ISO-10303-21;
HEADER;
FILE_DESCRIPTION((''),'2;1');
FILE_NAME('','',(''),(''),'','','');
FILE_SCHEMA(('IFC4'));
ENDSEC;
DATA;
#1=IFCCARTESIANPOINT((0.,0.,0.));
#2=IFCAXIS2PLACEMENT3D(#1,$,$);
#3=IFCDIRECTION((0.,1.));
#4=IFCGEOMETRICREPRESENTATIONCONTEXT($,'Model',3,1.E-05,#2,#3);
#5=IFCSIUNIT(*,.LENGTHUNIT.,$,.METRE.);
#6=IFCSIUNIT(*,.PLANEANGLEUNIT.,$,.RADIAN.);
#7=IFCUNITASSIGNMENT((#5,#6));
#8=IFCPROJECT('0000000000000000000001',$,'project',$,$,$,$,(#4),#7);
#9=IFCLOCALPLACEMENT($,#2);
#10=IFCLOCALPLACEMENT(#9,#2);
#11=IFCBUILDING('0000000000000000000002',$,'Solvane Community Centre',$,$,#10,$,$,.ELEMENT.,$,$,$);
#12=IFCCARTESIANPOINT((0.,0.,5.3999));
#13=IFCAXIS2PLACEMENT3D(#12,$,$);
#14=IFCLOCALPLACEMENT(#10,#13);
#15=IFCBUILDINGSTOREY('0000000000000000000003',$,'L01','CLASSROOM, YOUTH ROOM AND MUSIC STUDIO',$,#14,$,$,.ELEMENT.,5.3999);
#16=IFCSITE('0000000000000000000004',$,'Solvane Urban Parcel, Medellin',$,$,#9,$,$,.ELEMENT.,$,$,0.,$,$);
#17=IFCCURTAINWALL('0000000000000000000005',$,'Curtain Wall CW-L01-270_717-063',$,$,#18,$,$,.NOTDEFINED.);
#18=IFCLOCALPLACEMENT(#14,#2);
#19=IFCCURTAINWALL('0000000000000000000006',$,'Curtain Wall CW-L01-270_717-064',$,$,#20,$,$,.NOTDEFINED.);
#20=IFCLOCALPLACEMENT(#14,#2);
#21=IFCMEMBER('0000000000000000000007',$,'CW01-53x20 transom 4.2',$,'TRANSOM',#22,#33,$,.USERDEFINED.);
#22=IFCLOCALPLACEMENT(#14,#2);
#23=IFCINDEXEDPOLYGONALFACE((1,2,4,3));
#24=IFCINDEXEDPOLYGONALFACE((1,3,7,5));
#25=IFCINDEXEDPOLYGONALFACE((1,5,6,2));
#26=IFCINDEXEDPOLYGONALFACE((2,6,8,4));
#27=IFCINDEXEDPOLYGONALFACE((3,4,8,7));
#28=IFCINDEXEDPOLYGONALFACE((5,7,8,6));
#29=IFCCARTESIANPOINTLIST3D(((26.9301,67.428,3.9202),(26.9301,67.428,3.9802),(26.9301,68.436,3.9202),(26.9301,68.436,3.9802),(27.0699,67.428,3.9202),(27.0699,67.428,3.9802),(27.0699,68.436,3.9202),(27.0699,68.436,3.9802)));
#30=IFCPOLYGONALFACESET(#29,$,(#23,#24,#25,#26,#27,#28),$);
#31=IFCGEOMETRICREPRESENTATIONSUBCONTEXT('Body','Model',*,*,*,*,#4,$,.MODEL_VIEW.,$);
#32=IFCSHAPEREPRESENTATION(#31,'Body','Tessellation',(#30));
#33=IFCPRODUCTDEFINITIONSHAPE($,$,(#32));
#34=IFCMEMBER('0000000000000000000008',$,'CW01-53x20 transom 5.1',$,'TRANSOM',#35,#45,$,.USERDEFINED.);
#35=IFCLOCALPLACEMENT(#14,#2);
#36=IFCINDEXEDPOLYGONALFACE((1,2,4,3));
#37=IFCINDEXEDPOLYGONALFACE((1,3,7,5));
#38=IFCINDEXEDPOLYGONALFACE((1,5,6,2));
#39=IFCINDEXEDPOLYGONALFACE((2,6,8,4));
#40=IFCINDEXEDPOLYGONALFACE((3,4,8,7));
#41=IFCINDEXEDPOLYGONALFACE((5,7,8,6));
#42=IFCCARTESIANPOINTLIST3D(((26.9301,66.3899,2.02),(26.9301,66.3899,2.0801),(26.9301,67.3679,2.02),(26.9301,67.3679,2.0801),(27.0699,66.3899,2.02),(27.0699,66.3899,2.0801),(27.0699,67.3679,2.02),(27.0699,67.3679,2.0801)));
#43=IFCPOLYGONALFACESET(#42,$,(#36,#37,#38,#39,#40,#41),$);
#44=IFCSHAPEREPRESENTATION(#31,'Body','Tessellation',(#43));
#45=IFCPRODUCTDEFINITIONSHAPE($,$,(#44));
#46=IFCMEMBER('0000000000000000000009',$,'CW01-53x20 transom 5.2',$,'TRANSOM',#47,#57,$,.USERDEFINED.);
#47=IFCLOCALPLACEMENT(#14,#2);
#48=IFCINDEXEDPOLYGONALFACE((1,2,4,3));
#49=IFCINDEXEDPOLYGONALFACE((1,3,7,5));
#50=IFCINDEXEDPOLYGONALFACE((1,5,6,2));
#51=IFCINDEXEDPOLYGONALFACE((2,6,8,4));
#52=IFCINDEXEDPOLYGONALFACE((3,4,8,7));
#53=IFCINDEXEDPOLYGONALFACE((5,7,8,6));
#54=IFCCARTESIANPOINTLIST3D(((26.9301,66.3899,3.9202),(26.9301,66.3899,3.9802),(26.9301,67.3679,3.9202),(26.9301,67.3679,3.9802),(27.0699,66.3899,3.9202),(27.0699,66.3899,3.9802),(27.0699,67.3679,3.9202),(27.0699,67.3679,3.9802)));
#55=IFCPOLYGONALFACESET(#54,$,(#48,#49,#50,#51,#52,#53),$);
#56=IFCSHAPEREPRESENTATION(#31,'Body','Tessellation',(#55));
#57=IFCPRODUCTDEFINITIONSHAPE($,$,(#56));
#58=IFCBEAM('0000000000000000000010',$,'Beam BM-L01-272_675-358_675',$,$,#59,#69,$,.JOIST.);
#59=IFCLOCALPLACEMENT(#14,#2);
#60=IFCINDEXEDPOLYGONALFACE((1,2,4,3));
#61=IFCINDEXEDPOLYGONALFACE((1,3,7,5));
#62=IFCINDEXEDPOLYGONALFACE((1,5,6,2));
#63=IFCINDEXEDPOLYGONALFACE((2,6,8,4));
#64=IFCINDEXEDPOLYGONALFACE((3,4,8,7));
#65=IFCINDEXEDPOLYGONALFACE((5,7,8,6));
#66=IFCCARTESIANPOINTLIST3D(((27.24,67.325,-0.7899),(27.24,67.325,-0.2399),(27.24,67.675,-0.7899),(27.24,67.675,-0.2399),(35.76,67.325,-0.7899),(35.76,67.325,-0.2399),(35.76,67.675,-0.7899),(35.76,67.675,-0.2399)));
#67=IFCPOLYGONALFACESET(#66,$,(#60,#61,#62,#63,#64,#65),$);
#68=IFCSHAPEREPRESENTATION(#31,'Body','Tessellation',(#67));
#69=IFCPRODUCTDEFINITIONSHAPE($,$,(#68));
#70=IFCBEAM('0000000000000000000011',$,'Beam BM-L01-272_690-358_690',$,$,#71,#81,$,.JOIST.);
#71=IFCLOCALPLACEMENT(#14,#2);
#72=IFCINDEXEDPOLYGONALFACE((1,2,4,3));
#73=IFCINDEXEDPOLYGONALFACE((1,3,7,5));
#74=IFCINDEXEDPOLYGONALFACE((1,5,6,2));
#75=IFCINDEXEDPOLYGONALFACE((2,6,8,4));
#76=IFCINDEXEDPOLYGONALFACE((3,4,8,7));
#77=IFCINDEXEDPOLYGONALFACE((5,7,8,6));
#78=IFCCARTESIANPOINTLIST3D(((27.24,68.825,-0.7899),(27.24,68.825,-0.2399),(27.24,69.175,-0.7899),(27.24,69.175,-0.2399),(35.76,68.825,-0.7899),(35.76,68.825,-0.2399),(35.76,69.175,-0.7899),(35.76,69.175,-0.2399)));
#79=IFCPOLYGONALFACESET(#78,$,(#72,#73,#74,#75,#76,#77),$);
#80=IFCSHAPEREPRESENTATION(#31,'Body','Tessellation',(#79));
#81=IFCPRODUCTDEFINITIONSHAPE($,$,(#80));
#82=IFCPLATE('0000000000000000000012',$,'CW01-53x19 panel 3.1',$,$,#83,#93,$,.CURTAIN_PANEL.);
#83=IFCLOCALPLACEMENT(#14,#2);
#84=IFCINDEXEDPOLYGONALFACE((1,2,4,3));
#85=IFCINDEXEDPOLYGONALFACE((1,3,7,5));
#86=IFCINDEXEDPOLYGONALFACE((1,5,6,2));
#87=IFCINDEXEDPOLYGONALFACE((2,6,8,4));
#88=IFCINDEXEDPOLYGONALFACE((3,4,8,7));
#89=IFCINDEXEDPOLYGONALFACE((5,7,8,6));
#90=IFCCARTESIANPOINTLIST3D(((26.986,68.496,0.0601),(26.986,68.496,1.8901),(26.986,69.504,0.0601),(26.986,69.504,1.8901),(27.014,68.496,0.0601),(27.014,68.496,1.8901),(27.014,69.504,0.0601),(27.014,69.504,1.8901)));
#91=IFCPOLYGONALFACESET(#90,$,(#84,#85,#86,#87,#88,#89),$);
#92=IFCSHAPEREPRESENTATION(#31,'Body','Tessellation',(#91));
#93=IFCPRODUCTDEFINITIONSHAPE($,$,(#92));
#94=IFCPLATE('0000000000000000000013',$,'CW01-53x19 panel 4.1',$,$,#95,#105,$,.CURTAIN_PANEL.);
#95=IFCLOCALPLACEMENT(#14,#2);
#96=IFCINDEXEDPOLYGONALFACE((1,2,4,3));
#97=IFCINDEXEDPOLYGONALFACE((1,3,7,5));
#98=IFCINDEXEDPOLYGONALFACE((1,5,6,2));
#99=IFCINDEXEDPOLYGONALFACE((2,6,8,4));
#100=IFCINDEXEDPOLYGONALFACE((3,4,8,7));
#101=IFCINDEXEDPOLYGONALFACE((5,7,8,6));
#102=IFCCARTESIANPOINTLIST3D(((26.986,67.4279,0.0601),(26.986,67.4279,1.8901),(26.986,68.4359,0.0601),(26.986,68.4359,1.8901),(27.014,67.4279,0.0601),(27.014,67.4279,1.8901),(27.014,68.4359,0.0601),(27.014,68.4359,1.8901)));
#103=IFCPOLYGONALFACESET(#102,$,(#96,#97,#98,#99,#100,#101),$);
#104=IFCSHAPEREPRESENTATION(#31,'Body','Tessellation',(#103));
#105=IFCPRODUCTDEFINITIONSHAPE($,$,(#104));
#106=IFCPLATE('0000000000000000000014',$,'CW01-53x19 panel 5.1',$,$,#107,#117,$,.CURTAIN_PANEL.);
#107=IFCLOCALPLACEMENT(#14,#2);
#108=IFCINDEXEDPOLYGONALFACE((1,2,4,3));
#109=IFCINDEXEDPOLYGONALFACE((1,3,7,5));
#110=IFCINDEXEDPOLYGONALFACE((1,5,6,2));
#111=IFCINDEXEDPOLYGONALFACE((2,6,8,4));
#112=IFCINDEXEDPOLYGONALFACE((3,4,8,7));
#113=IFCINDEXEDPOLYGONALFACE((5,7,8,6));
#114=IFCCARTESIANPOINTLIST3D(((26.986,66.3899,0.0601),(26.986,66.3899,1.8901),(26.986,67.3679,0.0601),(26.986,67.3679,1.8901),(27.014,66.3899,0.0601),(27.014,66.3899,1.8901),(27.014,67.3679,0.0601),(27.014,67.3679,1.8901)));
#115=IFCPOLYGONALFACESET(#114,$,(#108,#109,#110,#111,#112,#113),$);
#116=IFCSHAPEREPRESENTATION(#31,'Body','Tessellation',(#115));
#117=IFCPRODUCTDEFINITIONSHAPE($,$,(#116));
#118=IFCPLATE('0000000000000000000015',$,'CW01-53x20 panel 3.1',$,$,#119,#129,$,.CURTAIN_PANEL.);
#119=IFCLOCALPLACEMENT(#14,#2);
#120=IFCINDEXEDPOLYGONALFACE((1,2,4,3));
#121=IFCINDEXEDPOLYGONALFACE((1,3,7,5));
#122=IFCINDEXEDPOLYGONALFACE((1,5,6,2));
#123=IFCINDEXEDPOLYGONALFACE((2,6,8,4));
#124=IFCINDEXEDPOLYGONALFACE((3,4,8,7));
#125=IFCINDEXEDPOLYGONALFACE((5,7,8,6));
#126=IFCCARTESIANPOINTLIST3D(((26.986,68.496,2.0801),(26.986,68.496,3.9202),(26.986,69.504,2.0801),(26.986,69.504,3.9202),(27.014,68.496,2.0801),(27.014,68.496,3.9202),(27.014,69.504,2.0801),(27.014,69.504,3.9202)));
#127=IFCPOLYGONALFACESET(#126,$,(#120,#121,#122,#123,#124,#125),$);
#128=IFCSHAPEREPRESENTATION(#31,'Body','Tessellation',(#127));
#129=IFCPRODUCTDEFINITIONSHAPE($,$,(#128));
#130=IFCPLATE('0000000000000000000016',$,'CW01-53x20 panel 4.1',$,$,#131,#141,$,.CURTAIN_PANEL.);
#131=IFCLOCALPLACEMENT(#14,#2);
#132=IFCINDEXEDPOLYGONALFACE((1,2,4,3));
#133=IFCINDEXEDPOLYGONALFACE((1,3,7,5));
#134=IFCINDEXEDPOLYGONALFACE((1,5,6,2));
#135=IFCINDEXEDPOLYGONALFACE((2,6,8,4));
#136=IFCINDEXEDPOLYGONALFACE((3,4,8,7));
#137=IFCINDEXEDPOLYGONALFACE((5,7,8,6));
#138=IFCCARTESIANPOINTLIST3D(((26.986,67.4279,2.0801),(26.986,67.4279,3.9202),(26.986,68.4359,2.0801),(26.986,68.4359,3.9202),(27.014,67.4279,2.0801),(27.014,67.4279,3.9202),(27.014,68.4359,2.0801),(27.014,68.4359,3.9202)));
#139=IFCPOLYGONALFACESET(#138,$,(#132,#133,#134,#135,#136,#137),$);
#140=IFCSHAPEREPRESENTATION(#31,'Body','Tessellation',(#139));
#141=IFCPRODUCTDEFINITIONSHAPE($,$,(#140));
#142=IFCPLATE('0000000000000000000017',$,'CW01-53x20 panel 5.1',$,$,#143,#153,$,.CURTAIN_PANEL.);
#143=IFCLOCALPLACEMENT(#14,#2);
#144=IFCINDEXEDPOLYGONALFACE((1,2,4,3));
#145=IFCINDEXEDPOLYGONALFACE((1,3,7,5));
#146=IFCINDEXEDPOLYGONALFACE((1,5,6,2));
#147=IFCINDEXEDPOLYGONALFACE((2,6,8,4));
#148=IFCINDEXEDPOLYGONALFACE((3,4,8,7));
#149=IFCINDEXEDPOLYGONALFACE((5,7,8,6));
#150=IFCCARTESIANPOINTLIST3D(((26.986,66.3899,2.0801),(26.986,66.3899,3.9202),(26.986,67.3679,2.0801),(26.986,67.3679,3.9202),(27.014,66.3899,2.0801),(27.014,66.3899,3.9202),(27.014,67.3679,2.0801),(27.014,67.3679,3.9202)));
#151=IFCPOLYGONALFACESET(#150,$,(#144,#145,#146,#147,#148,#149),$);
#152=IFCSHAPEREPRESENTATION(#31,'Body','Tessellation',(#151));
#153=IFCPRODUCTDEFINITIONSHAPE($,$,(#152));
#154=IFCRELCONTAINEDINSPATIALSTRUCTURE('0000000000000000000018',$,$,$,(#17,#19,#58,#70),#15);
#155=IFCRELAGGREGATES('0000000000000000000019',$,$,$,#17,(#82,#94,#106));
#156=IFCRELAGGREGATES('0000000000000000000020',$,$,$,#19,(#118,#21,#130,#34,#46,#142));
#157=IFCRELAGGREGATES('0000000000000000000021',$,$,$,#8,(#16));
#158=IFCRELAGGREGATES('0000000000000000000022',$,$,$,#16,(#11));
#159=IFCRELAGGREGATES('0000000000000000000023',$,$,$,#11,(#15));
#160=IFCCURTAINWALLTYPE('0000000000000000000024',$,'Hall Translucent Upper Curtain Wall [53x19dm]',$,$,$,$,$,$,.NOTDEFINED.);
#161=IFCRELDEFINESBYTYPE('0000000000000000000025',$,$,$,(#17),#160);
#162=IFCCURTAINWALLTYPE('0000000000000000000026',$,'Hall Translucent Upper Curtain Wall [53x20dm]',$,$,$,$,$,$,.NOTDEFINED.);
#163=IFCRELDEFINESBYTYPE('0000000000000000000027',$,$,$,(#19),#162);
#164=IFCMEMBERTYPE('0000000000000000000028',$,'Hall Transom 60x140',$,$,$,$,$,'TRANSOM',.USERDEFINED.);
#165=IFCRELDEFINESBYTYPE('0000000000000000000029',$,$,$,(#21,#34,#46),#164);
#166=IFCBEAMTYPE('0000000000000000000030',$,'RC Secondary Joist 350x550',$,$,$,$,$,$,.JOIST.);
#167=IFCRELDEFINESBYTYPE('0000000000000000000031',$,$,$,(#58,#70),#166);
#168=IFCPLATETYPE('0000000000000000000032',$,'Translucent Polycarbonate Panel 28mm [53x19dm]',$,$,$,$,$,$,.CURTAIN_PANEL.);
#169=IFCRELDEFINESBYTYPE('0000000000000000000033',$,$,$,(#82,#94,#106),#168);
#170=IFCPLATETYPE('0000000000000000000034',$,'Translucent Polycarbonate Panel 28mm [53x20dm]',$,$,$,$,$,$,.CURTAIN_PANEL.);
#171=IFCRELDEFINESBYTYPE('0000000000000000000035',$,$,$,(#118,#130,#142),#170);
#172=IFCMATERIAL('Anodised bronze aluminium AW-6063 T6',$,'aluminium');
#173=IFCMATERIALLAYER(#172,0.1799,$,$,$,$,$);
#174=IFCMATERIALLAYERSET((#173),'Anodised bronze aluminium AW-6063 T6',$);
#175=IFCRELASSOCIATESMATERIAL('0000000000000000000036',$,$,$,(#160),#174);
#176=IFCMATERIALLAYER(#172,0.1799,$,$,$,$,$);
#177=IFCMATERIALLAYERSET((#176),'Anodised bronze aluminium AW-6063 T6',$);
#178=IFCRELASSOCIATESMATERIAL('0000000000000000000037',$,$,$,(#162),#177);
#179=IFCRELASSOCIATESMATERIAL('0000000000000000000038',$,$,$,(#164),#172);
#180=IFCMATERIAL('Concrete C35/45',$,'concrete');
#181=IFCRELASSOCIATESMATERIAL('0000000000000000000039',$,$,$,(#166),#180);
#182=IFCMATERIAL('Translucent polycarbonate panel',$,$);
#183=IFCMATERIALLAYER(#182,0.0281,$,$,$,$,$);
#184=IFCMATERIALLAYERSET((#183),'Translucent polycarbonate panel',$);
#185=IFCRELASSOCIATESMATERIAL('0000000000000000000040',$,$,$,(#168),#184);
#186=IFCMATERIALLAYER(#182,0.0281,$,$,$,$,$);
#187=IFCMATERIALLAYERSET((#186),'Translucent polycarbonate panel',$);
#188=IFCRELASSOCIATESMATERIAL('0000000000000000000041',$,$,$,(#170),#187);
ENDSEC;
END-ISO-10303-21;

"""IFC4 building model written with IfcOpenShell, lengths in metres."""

from ifc_helpers import new_model, si_unit, direction, frame, origin, origin_2d, place, context, subcontext, project, spatial, rectangle, extrude, material, layer, layer_set, material_profile, profile_set, type_object, element, aggregate, save


model = new_model("IFC4")

# Units and contexts
model_context = context("Model", 3, precision=1e-05, world=origin(), true_north=direction((0.0, 1.0)))
body_context = subcontext(model_context, "Body", "Model", "MODEL_VIEW")
ifc_project = project(units=[si_unit("LENGTHUNIT", "METRE"), si_unit("PLANEANGLEUNIT", "RADIAN")], contexts=[model_context])

# Site, building, storey
site_placement = place(None, origin())
site = spatial("IfcSite", under=ifc_project, at=site_placement, Name="Solvane Urban Parcel, Medellin", CompositionType="ELEMENT", RefElevation=0.0)
building_placement = place(site_placement, origin())
building = spatial("IfcBuilding", under=site, at=building_placement, Name="Solvane Community Centre", CompositionType="ELEMENT")
storey_placement = place(building_placement, frame((0.0, 0.0, 5.3999)))
storey = spatial("IfcBuildingStorey", under=building, at=storey_placement, Name="L01", Description="CLASSROOM, YOUTH ROOM AND MUSIC STUDIO", CompositionType="ELEMENT", Elevation=5.3999)

# Curtain walls
ifc_material_1 = material(Name="Anodised bronze aluminium AW-6063 T6", Category="aluminium")
ifc_layer_1 = layer(ifc_material_1, 0.1799)
ifc_layer_set_1 = layer_set([ifc_layer_1], Name="Anodised bronze aluminium AW-6063 T6")
curtain_wall_type_1 = type_object("IfcCurtainWallType", Name="Hall Translucent Upper Curtain Wall [53x19dm]", PredefinedType="NOTDEFINED", material=ifc_layer_set_1)
curtain_wall_1_placement = place(storey_placement, origin())
curtain_wall_1 = element("IfcCurtainWall", 1, at=curtain_wall_1_placement, inside=storey, type_object=curtain_wall_type_1, Name="Curtain Wall CW-L01-270_717-063", PredefinedType="NOTDEFINED")
ifc_layer_2 = layer(ifc_material_1, 0.1799)
ifc_layer_set_2 = layer_set([ifc_layer_2], Name="Anodised bronze aluminium AW-6063 T6")
curtain_wall_type_2 = type_object("IfcCurtainWallType", Name="Hall Translucent Upper Curtain Wall [53x20dm]", PredefinedType="NOTDEFINED", material=ifc_layer_set_2)
curtain_wall_2_placement = place(storey_placement, origin())
curtain_wall_2 = element("IfcCurtainWall", 2, at=curtain_wall_2_placement, inside=storey, type_object=curtain_wall_type_2, Name="Curtain Wall CW-L01-270_717-064", PredefinedType="NOTDEFINED")

# Members
ifc_material_profile_1 = material_profile(ifc_material_1, rectangle(XDim=0.1399, YDim=0.0601, at=origin_2d()), Name="CW-T 60x140")
ifc_profile_set_1 = profile_set([ifc_material_profile_1], Name="Anodised bronze aluminium AW-6063 T6")
member_type_1 = type_object("IfcMemberType", Name="Hall Transom 60x140", ElementType="TRANSOM", PredefinedType="USERDEFINED", material=ifc_profile_set_1)
member_1_placement = place(storey_placement, frame((27.0, 68.436, 3.9502), z_axis=(0.0, -1.0, 0.0), x_axis=(1.0, 0.0, 0.0)))
member_1 = element("IfcMember", 3, at=member_1_placement, type_object=member_type_1, Name="CW01-53x20 transom 4.2", ObjectType="TRANSOM", PredefinedType="USERDEFINED", context=body_context, shape_type="SweptSolid", body=[
    extrude(rectangle(XDim=0.1399, YDim=0.0601, at=origin_2d()), origin(), (0.0, 0.0, 1.0), 1.0081),
])
member_2_placement = place(storey_placement, frame((27.0, 67.3679, 2.05), z_axis=(0.0, -1.0, 0.0), x_axis=(1.0, 0.0, 0.0)))
member_2 = element("IfcMember", 4, at=member_2_placement, type_object=member_type_1, Name="CW01-53x20 transom 5.1", ObjectType="TRANSOM", PredefinedType="USERDEFINED", context=body_context, shape_type="SweptSolid", body=[
    extrude(rectangle(XDim=0.1399, YDim=0.0601, at=origin_2d()), origin(), (0.0, 0.0, 1.0), 0.978),
])
member_3_placement = place(storey_placement, frame((27.0, 67.3679, 3.9502), z_axis=(0.0, -1.0, 0.0), x_axis=(1.0, 0.0, 0.0)))
member_3 = element("IfcMember", 5, at=member_3_placement, type_object=member_type_1, Name="CW01-53x20 transom 5.2", ObjectType="TRANSOM", PredefinedType="USERDEFINED", context=body_context, shape_type="SweptSolid", body=[
    extrude(rectangle(XDim=0.1399, YDim=0.0601, at=origin_2d()), origin(), (0.0, 0.0, 1.0), 0.978),
])

# Beams
ifc_material_2 = material(Name="Concrete C35/45", Category="concrete")
ifc_material_profile_2 = material_profile(ifc_material_2, rectangle(XDim=0.3501, YDim=0.55, at=origin_2d()), Name="RC 350x550")
ifc_profile_set_2 = profile_set([ifc_material_profile_2], Name="Concrete C35/45")
beam_type = type_object("IfcBeamType", Name="RC Secondary Joist 350x550", PredefinedType="JOIST", material=ifc_profile_set_2)
for number, where, z_axis, x_axis, name in (
    (6, (27.24, 67.5, -0.5149), (1.0, 0.0, 0.0), (0.0, 1.0, 0.0), "Beam BM-L01-272_675-358_675"),
    (7, (27.24, 69.0, -0.5149), (1.0, 0.0, 0.0), (0.0, 1.0, 0.0), "Beam BM-L01-272_690-358_690"),
):
    element("IfcBeam", number, at=place(storey_placement, frame(where, z_axis=z_axis, x_axis=x_axis)), inside=storey, type_object=beam_type, Name=name, PredefinedType="JOIST", context=body_context, shape_type="SweptSolid", body=[
        extrude(rectangle(XDim=0.3501, YDim=0.55, at=origin_2d()), origin(), (0.0, 0.0, 1.0), 8.52),
    ])

# Plates
ifc_material_3 = material(Name="Translucent polycarbonate panel")
ifc_layer_3 = layer(ifc_material_3, 0.0281)
ifc_layer_set_3 = layer_set([ifc_layer_3], Name="Translucent polycarbonate panel")
plate_type_1 = type_object("IfcPlateType", Name="Translucent Polycarbonate Panel 28mm [53x19dm]", PredefinedType="CURTAIN_PANEL", material=ifc_layer_set_3)
plate_1_placement = place(storey_placement, frame((27.0, 69.0, 0.0601), z_axis=(0.0, 0.0, 1.0), x_axis=(0.0, -1.0, 0.0)))
plate_1 = element("IfcPlate", 8, at=plate_1_placement, type_object=plate_type_1, Name="CW01-53x19 panel 3.1", PredefinedType="CURTAIN_PANEL", context=body_context, shape_type="SweptSolid", body=[
    extrude(rectangle(XDim=1.0081, YDim=0.0281, at=origin_2d()), origin(), (0.0, 0.0, 1.0), 1.8301),
])
plate_2_placement = place(storey_placement, frame((27.0, 67.9319, 0.0601), z_axis=(0.0, 0.0, 1.0), x_axis=(0.0, -1.0, 0.0)))
plate_2 = element("IfcPlate", 9, at=plate_2_placement, type_object=plate_type_1, Name="CW01-53x19 panel 4.1", PredefinedType="CURTAIN_PANEL", context=body_context, shape_type="SweptSolid", body=[
    extrude(rectangle(XDim=1.0081, YDim=0.0281, at=origin_2d()), origin(), (0.0, 0.0, 1.0), 1.8301),
])
plate_3_placement = place(storey_placement, frame((27.0, 66.8789, 0.0601), z_axis=(0.0, 0.0, 1.0), x_axis=(0.0, -1.0, 0.0)))
plate_3 = element("IfcPlate", 10, at=plate_3_placement, type_object=plate_type_1, Name="CW01-53x19 panel 5.1", PredefinedType="CURTAIN_PANEL", context=body_context, shape_type="SweptSolid", body=[
    extrude(rectangle(XDim=0.978, YDim=0.0281, at=origin_2d()), origin(), (0.0, 0.0, 1.0), 1.8301),
])
aggregate(curtain_wall_1, [plate_1, plate_2, plate_3])
ifc_layer_4 = layer(ifc_material_3, 0.0281)
ifc_layer_set_4 = layer_set([ifc_layer_4], Name="Translucent polycarbonate panel")
plate_type_2 = type_object("IfcPlateType", Name="Translucent Polycarbonate Panel 28mm [53x20dm]", PredefinedType="CURTAIN_PANEL", material=ifc_layer_set_4)
plate_4_placement = place(storey_placement, frame((27.0, 69.0, 2.0801), z_axis=(0.0, 0.0, 1.0), x_axis=(0.0, -1.0, 0.0)))
plate_4 = element("IfcPlate", 11, at=plate_4_placement, type_object=plate_type_2, Name="CW01-53x20 panel 3.1", PredefinedType="CURTAIN_PANEL", context=body_context, shape_type="SweptSolid", body=[
    extrude(rectangle(XDim=1.0081, YDim=0.0281, at=origin_2d()), origin(), (0.0, 0.0, 1.0), 1.8401),
])
plate_5_placement = place(storey_placement, frame((27.0, 67.9319, 2.0801), z_axis=(0.0, 0.0, 1.0), x_axis=(0.0, -1.0, 0.0)))
plate_5 = element("IfcPlate", 12, at=plate_5_placement, type_object=plate_type_2, Name="CW01-53x20 panel 4.1", PredefinedType="CURTAIN_PANEL", context=body_context, shape_type="SweptSolid", body=[
    extrude(rectangle(XDim=1.0081, YDim=0.0281, at=origin_2d()), origin(), (0.0, 0.0, 1.0), 1.8401),
])
plate_6_placement = place(storey_placement, frame((27.0, 66.8789, 2.0801), z_axis=(0.0, 0.0, 1.0), x_axis=(0.0, -1.0, 0.0)))
plate_6 = element("IfcPlate", 13, at=plate_6_placement, type_object=plate_type_2, Name="CW01-53x20 panel 5.1", PredefinedType="CURTAIN_PANEL", context=body_context, shape_type="SweptSolid", body=[
    extrude(rectangle(XDim=0.978, YDim=0.0281, at=origin_2d()), origin(), (0.0, 0.0, 1.0), 1.8401),
])
aggregate(curtain_wall_2, [plate_4, member_1, plate_5, member_2, member_3, plate_6])

save(model, "model.ifc")
